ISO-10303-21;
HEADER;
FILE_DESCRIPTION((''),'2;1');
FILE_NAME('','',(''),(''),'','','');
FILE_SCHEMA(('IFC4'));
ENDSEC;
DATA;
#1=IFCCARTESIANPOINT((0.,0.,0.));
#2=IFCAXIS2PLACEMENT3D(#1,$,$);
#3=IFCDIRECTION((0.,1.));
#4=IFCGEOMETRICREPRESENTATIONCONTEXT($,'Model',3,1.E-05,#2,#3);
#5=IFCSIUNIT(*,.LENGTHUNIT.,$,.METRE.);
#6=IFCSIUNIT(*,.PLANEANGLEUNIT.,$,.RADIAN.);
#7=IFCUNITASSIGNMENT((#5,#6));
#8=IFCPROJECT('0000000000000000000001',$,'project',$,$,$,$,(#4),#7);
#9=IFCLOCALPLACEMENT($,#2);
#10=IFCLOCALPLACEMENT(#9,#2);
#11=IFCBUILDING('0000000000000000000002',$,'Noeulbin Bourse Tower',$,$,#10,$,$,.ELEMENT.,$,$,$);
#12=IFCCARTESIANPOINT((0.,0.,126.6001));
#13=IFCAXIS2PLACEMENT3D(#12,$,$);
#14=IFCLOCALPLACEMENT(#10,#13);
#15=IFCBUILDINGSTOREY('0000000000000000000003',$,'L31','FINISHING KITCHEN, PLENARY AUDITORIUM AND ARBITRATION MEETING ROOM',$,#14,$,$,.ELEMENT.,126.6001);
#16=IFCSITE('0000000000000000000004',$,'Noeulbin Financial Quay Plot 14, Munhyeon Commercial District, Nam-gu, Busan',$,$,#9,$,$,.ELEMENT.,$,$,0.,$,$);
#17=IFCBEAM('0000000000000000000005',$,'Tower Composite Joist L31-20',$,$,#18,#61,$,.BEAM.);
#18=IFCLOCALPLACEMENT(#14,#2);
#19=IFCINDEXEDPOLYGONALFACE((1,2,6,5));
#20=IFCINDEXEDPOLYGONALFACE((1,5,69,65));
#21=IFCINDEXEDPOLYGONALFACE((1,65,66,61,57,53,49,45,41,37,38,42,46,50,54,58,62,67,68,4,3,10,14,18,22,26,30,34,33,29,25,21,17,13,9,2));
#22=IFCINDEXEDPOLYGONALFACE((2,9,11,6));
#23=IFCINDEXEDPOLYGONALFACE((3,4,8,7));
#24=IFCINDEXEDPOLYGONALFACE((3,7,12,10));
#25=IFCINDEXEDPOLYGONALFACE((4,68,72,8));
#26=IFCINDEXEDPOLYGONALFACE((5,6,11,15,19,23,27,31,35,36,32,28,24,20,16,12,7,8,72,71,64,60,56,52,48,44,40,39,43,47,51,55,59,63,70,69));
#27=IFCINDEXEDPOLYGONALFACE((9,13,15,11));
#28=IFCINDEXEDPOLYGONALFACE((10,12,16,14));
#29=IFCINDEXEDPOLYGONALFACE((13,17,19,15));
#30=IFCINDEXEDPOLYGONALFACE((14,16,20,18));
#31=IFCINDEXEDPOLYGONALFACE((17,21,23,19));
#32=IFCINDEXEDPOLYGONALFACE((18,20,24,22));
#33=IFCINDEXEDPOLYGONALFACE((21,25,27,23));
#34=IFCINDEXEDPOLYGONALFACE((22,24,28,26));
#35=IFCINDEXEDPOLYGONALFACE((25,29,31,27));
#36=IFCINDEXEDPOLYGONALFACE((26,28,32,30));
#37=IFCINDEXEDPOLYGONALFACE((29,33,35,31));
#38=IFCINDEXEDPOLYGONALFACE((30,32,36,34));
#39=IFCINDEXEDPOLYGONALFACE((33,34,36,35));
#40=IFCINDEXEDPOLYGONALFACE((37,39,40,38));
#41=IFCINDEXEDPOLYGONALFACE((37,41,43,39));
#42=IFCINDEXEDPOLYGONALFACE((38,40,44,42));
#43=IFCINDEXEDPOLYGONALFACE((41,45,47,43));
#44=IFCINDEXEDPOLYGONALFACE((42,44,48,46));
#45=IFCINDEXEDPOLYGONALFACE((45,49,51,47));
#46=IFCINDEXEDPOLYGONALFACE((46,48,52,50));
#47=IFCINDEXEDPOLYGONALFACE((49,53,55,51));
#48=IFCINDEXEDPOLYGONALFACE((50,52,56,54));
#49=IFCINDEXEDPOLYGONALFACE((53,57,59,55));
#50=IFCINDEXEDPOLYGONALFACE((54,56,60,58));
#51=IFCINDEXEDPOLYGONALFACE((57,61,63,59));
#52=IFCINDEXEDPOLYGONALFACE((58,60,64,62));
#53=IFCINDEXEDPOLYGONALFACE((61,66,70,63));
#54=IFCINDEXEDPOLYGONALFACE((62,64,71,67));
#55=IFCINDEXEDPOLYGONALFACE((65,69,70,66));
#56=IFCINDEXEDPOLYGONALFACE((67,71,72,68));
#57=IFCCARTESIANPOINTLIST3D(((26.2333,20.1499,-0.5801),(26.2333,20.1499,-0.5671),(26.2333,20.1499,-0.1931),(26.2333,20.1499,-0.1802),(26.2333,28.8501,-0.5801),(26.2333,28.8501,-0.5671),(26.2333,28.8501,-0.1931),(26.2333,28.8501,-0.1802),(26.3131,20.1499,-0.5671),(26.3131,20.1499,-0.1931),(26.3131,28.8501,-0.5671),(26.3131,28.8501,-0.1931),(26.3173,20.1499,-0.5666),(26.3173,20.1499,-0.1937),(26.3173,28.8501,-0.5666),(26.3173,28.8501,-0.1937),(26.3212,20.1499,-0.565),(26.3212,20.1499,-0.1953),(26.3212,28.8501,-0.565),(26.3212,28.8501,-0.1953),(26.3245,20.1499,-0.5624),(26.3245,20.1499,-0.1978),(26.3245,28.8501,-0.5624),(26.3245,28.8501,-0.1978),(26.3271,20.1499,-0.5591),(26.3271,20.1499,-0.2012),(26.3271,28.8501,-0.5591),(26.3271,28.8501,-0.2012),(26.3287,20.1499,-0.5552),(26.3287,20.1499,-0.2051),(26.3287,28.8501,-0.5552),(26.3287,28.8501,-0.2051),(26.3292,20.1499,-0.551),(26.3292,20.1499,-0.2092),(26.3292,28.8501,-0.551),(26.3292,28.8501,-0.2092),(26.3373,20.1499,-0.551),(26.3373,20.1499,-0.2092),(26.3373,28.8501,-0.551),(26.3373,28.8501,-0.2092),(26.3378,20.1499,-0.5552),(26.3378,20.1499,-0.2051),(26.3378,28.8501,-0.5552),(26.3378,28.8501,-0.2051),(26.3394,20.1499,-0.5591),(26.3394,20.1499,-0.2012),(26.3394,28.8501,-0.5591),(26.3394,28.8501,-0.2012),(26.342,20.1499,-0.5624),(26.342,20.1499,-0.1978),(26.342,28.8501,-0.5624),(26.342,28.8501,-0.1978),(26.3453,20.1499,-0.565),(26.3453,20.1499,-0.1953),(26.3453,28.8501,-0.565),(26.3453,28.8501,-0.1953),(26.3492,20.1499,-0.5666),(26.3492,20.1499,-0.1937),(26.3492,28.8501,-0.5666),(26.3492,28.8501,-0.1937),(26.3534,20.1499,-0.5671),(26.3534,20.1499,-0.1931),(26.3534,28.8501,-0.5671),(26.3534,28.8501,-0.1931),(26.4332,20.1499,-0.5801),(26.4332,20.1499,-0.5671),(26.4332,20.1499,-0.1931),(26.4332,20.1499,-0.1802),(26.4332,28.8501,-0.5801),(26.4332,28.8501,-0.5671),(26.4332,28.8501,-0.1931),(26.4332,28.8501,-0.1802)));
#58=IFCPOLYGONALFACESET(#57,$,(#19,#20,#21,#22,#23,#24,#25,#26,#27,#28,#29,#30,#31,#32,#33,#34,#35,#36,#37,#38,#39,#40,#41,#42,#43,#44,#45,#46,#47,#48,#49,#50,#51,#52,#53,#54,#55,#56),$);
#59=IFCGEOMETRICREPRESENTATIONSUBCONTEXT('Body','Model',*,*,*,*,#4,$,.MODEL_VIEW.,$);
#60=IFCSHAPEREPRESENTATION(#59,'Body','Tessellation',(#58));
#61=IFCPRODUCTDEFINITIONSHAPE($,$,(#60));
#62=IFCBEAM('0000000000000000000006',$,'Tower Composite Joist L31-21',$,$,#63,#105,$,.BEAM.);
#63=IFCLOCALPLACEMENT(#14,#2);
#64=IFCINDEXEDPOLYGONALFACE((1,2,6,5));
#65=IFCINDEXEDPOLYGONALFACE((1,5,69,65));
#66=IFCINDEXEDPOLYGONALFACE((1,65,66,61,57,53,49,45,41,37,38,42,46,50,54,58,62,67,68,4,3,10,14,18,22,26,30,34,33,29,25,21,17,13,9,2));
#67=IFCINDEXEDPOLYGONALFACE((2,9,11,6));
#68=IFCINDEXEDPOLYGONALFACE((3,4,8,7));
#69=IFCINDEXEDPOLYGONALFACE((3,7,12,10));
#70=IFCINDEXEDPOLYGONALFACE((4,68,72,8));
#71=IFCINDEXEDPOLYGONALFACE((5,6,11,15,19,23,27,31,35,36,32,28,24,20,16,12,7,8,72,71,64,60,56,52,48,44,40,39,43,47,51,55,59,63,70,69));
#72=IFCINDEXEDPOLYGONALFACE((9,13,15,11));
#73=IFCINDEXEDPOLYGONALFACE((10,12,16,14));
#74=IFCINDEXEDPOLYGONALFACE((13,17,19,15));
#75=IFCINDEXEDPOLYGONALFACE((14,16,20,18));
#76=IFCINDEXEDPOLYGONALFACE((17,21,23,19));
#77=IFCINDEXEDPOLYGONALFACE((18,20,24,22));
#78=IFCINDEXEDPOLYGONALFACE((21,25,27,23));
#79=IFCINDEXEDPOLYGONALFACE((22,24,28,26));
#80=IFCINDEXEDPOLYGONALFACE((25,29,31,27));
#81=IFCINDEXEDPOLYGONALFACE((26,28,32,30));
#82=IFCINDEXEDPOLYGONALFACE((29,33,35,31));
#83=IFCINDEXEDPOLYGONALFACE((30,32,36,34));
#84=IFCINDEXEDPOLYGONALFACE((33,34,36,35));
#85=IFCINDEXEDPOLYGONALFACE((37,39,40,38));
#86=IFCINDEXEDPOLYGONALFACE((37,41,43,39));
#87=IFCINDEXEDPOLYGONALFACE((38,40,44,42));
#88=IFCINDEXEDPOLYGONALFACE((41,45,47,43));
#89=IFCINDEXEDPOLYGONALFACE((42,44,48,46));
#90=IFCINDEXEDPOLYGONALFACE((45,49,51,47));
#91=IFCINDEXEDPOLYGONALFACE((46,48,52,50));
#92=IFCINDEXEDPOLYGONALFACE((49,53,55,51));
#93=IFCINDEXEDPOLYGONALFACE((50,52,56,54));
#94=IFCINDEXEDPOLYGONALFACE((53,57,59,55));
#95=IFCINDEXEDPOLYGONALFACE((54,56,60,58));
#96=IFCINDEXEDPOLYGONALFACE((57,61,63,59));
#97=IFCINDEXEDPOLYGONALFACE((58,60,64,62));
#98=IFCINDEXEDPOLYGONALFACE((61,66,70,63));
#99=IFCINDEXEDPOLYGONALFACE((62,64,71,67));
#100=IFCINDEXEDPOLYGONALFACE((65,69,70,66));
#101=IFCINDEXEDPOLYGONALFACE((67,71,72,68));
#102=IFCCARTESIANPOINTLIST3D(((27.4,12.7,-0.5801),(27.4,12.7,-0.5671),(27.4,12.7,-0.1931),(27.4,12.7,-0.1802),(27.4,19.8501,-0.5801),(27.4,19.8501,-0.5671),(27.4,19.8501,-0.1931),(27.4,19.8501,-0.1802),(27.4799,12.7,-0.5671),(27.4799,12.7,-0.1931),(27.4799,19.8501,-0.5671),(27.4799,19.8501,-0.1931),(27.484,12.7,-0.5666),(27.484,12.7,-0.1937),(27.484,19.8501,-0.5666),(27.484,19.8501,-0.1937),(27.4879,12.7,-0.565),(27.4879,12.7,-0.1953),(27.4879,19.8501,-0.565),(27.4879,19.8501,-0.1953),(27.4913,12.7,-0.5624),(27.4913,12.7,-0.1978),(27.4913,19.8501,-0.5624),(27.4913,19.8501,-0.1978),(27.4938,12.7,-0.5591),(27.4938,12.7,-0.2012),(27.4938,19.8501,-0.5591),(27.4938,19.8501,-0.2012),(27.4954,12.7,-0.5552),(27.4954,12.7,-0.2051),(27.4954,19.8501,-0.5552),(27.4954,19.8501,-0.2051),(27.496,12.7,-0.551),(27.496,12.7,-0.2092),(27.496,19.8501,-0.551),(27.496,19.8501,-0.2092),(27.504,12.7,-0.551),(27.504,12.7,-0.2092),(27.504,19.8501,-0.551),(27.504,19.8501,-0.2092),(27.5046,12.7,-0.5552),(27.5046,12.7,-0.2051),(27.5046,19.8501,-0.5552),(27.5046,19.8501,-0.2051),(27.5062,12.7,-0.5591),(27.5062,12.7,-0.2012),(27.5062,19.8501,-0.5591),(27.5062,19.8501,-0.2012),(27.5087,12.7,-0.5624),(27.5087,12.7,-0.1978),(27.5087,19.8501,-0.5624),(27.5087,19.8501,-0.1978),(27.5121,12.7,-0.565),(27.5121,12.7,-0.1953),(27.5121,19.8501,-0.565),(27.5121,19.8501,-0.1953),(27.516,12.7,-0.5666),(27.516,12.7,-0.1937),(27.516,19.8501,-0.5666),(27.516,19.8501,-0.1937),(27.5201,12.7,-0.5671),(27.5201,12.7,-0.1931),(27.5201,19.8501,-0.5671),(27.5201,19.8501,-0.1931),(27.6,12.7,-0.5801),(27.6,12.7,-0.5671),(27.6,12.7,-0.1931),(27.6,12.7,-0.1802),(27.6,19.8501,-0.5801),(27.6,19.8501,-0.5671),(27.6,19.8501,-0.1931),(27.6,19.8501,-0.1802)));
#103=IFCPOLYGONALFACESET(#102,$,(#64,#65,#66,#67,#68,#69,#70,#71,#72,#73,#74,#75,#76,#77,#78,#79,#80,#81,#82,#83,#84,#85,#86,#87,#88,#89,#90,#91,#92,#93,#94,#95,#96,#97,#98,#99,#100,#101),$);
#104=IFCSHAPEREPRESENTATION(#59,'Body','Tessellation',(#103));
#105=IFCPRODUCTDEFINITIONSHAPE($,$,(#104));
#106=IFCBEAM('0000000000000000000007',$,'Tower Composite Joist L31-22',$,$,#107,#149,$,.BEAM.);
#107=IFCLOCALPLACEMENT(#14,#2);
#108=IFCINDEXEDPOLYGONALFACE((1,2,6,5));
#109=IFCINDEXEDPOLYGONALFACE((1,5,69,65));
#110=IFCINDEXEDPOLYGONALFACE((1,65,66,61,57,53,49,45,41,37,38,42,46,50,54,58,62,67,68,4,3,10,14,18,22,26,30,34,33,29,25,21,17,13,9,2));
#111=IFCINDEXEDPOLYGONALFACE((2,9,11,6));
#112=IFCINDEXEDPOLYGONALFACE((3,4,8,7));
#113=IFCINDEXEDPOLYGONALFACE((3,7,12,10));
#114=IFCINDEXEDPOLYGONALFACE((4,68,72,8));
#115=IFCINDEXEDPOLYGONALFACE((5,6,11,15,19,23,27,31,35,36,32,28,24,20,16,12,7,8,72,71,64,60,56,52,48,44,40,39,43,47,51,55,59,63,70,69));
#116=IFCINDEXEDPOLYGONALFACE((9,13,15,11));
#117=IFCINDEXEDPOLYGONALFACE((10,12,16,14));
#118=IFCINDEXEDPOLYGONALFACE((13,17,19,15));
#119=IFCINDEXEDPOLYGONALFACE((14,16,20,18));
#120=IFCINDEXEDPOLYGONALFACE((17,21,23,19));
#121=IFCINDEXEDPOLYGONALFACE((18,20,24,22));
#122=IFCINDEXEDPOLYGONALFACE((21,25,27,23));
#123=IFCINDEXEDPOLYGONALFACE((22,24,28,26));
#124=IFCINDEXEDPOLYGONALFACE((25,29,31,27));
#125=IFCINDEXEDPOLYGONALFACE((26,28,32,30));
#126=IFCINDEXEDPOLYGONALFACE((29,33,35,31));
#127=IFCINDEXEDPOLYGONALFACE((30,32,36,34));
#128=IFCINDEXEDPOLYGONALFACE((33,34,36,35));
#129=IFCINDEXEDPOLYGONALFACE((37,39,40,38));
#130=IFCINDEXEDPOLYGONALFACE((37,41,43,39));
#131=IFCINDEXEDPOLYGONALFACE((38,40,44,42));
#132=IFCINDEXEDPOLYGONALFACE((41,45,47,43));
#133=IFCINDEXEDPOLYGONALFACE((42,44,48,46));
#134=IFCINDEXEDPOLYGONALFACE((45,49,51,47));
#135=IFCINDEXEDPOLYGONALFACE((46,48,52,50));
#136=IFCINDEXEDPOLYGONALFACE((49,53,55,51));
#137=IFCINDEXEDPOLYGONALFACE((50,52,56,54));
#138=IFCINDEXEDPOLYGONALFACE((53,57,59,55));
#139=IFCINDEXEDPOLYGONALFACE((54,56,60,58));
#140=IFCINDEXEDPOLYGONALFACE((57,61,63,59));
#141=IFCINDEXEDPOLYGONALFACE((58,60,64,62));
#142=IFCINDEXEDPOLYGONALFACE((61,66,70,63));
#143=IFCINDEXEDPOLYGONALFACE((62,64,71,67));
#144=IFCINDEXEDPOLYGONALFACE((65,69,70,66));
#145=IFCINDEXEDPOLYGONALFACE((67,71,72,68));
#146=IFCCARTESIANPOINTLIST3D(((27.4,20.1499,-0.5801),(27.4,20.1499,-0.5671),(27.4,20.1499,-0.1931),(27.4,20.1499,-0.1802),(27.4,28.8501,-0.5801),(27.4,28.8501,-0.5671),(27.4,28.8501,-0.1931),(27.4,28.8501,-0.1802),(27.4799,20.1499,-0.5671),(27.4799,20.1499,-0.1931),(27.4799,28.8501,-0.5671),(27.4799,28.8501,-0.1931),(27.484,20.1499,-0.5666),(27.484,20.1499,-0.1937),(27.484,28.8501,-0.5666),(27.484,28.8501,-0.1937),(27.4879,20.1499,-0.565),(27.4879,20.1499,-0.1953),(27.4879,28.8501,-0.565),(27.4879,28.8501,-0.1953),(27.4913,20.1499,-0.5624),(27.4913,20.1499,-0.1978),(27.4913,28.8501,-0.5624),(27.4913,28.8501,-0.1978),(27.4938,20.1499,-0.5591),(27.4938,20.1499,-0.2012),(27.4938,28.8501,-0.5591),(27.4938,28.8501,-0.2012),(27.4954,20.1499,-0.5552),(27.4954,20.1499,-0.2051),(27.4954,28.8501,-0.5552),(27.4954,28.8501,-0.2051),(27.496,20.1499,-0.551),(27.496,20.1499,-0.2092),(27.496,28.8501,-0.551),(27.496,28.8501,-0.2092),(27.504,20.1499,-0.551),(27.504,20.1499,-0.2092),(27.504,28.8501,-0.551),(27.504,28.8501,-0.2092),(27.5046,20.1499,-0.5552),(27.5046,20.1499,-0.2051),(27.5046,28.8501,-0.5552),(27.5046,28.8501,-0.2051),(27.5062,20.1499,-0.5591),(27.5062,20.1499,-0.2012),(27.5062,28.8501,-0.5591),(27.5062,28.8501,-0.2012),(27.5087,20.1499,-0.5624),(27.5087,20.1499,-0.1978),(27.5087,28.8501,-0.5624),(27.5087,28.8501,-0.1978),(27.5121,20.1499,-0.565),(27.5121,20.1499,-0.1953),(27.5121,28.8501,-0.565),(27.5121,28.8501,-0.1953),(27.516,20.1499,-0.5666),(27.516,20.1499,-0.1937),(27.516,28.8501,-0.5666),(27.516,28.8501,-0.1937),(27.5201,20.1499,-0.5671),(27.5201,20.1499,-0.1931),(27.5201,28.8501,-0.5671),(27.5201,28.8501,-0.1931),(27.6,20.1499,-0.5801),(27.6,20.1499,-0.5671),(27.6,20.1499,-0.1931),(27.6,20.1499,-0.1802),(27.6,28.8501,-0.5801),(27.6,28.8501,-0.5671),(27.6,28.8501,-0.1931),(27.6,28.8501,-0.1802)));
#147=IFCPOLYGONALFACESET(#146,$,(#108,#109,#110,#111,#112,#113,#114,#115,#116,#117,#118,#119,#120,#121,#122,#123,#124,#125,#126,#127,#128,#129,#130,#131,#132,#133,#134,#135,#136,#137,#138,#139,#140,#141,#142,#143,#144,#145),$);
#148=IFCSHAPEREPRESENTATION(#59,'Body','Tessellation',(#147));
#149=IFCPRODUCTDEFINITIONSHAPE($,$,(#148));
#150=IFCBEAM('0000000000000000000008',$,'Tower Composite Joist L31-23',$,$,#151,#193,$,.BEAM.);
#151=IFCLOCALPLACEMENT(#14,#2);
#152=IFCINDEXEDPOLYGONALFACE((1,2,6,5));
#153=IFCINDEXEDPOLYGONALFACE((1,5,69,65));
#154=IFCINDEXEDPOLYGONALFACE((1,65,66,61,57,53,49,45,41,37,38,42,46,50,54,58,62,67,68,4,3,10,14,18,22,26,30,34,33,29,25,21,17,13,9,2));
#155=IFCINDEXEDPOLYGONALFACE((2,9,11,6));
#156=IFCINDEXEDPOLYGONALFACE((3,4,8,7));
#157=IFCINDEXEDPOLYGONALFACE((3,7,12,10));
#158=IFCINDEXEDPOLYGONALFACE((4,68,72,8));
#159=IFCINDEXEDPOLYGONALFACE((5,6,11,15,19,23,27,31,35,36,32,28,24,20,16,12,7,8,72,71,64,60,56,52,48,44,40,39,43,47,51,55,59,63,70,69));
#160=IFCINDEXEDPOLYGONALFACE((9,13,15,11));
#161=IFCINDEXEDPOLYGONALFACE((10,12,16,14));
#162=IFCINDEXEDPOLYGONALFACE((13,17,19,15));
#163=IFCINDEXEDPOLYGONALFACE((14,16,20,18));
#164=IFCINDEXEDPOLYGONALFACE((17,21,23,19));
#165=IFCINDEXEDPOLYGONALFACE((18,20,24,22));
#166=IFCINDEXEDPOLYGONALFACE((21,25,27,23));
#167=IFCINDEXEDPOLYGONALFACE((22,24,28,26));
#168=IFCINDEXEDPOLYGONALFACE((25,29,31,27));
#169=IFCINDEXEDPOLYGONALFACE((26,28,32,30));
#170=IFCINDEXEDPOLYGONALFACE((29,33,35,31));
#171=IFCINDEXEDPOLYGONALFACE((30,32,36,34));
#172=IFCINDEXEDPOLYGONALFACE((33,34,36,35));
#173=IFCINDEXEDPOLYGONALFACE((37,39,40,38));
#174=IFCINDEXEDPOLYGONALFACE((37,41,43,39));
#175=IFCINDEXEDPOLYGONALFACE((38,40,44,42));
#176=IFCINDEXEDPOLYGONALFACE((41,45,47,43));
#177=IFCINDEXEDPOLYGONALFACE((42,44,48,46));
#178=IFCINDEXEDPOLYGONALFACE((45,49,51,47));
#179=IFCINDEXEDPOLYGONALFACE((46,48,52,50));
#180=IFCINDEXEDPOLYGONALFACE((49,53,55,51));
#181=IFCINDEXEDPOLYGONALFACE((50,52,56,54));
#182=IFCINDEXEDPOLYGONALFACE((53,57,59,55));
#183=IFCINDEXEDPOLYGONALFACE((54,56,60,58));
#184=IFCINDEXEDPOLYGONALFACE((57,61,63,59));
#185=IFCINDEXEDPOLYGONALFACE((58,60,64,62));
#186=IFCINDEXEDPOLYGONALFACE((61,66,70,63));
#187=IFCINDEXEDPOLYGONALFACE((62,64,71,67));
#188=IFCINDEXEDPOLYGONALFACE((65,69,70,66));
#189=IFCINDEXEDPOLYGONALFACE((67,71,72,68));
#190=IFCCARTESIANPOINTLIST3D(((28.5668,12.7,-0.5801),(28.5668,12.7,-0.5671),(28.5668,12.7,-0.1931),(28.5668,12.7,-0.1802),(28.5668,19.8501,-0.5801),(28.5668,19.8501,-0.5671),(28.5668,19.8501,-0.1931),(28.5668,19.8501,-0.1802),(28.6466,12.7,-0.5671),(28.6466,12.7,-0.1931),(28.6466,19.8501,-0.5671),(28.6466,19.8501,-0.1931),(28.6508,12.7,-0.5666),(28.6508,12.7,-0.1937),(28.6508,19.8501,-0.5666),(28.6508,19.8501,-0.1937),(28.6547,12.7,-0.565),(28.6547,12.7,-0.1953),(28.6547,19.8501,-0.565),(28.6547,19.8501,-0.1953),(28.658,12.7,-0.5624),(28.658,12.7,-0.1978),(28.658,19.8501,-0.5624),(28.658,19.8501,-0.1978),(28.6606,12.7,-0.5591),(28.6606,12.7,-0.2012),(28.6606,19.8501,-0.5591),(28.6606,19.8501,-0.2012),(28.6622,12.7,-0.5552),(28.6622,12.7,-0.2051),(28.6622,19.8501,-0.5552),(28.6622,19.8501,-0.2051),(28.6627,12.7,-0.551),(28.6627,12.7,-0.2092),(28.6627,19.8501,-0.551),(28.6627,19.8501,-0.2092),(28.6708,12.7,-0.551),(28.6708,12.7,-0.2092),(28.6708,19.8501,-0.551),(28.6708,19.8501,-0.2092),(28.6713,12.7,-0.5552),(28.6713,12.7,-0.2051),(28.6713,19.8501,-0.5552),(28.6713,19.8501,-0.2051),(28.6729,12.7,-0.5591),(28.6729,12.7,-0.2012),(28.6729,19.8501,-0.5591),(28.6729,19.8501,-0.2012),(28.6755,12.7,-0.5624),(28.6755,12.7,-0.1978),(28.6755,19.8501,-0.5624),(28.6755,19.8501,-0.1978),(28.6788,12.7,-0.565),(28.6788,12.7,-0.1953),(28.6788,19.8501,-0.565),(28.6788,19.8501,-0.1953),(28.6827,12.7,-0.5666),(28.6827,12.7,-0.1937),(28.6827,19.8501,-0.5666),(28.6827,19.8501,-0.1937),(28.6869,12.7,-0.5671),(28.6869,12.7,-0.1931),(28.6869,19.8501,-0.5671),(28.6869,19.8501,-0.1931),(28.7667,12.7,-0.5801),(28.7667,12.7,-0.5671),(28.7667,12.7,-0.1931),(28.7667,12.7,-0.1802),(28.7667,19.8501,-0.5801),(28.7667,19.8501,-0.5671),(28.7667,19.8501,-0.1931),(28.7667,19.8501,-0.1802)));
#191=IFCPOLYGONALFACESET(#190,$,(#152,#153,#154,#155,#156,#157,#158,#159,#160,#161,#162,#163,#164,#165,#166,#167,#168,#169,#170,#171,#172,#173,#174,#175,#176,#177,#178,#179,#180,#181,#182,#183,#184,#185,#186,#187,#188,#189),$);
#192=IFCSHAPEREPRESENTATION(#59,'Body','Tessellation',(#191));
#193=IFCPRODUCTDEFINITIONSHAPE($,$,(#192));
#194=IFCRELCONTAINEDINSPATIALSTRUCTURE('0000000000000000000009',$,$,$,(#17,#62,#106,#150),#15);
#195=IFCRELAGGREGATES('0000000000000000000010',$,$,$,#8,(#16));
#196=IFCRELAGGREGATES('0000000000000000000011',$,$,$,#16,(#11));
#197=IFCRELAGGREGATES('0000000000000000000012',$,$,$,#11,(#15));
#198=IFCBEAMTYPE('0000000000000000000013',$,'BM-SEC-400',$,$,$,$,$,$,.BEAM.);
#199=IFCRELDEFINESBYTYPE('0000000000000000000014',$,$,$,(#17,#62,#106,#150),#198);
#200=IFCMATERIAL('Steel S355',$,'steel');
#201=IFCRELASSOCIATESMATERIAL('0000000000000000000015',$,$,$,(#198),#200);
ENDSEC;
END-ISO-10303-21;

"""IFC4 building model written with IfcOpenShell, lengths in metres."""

from ifc_helpers import new_model, si_unit, direction, frame, origin, origin_2d, place, context, subcontext, project, spatial, i_section, extrude, material, material_profile, profile_set, type_object, element, save


model = new_model("IFC4")

# Units and contexts
model_context = context("Model", 3, precision=1e-05, world=origin(), true_north=direction((0.0, 1.0)))
body_context = subcontext(model_context, "Body", "Model", "MODEL_VIEW")
ifc_project = project(units=[si_unit("LENGTHUNIT", "METRE"), si_unit("PLANEANGLEUNIT", "RADIAN")], contexts=[model_context])

# Site, building, storey
site_placement = place(None, origin())
site = spatial("IfcSite", under=ifc_project, at=site_placement, Name="Noeulbin Financial Quay Plot 14, Munhyeon Commercial District, Nam-gu, Busan", CompositionType="ELEMENT", RefElevation=0.0)
building_placement = place(site_placement, origin())
building = spatial("IfcBuilding", under=site, at=building_placement, Name="Noeulbin Bourse Tower", CompositionType="ELEMENT")
storey_placement = place(building_placement, frame((0.0, 0.0, 126.6001)))
storey = spatial("IfcBuildingStorey", under=building, at=storey_placement, Name="L31", Description="FINISHING KITCHEN, PLENARY AUDITORIUM AND ARBITRATION MEETING ROOM", CompositionType="ELEMENT", Elevation=126.6001)

# Shared definitions
ifc_material_1 = material(Name="Steel S355", Category="steel")

# Beams
ifc_material_profile_1 = material_profile(ifc_material_1, i_section(OverallWidth=0.2, OverallDepth=0.3999, WebThickness=0.0081, FlangeThickness=0.0129, FilletRadius=0.0161, at=origin_2d()), Name="H-400x200x8x13", Category="LoadBearing")
ifc_profile_set_1 = profile_set([ifc_material_profile_1], Name="Steel S355")
beam_type_1 = type_object("IfcBeamType", Name="BM-SEC-400", PredefinedType="BEAM", material=ifc_profile_set_1)
beam_1_placement = place(storey_placement, frame((26.3333, 20.1499, -0.3801), z_axis=(0.0, 1.0, 0.0), x_axis=(-1.0, 0.0, 0.0)))
element("IfcBeam", 1, at=beam_1_placement, inside=storey, type_object=beam_type_1, Name="Tower Composite Joist L31-20", PredefinedType="BEAM", context=body_context, shape_type="SweptSolid", body=[
    extrude(i_section(OverallWidth=0.2, OverallDepth=0.3999, WebThickness=0.0081, FlangeThickness=0.0129, FilletRadius=0.0161, at=origin_2d()), origin(), (0.0, 0.0, 1.0), 8.7002),
])
beam_2_placement = place(storey_placement, frame((27.5, 12.7, -0.3801), z_axis=(0.0, 1.0, 0.0), x_axis=(-1.0, 0.0, 0.0)))
element("IfcBeam", 2, at=beam_2_placement, inside=storey, type_object=beam_type_1, Name="Tower Composite Joist L31-21", PredefinedType="BEAM", context=body_context, shape_type="SweptSolid", body=[
    extrude(i_section(OverallWidth=0.2, OverallDepth=0.3999, WebThickness=0.0081, FlangeThickness=0.0129, FilletRadius=0.0161, at=origin_2d()), origin(), (0.0, 0.0, 1.0), 7.1501),
])
beam_3_placement = place(storey_placement, frame((27.5, 20.1499, -0.3801), z_axis=(0.0, 1.0, 0.0), x_axis=(-1.0, 0.0, 0.0)))
element("IfcBeam", 3, at=beam_3_placement, inside=storey, type_object=beam_type_1, Name="Tower Composite Joist L31-22", PredefinedType="BEAM", context=body_context, shape_type="SweptSolid", body=[
    extrude(i_section(OverallWidth=0.2, OverallDepth=0.3999, WebThickness=0.0081, FlangeThickness=0.0129, FilletRadius=0.0161, at=origin_2d()), origin(), (0.0, 0.0, 1.0), 8.7002),
])
beam_4_placement = place(storey_placement, frame((28.6667, 12.7, -0.3801), z_axis=(0.0, 1.0, 0.0), x_axis=(-1.0, 0.0, 0.0)))
element("IfcBeam", 4, at=beam_4_placement, inside=storey, type_object=beam_type_1, Name="Tower Composite Joist L31-23", PredefinedType="BEAM", context=body_context, shape_type="SweptSolid", body=[
    extrude(i_section(OverallWidth=0.2, OverallDepth=0.3999, WebThickness=0.0081, FlangeThickness=0.0129, FilletRadius=0.0161, at=origin_2d()), origin(), (0.0, 0.0, 1.0), 7.1501),
])

save(model, "model.ifc")
